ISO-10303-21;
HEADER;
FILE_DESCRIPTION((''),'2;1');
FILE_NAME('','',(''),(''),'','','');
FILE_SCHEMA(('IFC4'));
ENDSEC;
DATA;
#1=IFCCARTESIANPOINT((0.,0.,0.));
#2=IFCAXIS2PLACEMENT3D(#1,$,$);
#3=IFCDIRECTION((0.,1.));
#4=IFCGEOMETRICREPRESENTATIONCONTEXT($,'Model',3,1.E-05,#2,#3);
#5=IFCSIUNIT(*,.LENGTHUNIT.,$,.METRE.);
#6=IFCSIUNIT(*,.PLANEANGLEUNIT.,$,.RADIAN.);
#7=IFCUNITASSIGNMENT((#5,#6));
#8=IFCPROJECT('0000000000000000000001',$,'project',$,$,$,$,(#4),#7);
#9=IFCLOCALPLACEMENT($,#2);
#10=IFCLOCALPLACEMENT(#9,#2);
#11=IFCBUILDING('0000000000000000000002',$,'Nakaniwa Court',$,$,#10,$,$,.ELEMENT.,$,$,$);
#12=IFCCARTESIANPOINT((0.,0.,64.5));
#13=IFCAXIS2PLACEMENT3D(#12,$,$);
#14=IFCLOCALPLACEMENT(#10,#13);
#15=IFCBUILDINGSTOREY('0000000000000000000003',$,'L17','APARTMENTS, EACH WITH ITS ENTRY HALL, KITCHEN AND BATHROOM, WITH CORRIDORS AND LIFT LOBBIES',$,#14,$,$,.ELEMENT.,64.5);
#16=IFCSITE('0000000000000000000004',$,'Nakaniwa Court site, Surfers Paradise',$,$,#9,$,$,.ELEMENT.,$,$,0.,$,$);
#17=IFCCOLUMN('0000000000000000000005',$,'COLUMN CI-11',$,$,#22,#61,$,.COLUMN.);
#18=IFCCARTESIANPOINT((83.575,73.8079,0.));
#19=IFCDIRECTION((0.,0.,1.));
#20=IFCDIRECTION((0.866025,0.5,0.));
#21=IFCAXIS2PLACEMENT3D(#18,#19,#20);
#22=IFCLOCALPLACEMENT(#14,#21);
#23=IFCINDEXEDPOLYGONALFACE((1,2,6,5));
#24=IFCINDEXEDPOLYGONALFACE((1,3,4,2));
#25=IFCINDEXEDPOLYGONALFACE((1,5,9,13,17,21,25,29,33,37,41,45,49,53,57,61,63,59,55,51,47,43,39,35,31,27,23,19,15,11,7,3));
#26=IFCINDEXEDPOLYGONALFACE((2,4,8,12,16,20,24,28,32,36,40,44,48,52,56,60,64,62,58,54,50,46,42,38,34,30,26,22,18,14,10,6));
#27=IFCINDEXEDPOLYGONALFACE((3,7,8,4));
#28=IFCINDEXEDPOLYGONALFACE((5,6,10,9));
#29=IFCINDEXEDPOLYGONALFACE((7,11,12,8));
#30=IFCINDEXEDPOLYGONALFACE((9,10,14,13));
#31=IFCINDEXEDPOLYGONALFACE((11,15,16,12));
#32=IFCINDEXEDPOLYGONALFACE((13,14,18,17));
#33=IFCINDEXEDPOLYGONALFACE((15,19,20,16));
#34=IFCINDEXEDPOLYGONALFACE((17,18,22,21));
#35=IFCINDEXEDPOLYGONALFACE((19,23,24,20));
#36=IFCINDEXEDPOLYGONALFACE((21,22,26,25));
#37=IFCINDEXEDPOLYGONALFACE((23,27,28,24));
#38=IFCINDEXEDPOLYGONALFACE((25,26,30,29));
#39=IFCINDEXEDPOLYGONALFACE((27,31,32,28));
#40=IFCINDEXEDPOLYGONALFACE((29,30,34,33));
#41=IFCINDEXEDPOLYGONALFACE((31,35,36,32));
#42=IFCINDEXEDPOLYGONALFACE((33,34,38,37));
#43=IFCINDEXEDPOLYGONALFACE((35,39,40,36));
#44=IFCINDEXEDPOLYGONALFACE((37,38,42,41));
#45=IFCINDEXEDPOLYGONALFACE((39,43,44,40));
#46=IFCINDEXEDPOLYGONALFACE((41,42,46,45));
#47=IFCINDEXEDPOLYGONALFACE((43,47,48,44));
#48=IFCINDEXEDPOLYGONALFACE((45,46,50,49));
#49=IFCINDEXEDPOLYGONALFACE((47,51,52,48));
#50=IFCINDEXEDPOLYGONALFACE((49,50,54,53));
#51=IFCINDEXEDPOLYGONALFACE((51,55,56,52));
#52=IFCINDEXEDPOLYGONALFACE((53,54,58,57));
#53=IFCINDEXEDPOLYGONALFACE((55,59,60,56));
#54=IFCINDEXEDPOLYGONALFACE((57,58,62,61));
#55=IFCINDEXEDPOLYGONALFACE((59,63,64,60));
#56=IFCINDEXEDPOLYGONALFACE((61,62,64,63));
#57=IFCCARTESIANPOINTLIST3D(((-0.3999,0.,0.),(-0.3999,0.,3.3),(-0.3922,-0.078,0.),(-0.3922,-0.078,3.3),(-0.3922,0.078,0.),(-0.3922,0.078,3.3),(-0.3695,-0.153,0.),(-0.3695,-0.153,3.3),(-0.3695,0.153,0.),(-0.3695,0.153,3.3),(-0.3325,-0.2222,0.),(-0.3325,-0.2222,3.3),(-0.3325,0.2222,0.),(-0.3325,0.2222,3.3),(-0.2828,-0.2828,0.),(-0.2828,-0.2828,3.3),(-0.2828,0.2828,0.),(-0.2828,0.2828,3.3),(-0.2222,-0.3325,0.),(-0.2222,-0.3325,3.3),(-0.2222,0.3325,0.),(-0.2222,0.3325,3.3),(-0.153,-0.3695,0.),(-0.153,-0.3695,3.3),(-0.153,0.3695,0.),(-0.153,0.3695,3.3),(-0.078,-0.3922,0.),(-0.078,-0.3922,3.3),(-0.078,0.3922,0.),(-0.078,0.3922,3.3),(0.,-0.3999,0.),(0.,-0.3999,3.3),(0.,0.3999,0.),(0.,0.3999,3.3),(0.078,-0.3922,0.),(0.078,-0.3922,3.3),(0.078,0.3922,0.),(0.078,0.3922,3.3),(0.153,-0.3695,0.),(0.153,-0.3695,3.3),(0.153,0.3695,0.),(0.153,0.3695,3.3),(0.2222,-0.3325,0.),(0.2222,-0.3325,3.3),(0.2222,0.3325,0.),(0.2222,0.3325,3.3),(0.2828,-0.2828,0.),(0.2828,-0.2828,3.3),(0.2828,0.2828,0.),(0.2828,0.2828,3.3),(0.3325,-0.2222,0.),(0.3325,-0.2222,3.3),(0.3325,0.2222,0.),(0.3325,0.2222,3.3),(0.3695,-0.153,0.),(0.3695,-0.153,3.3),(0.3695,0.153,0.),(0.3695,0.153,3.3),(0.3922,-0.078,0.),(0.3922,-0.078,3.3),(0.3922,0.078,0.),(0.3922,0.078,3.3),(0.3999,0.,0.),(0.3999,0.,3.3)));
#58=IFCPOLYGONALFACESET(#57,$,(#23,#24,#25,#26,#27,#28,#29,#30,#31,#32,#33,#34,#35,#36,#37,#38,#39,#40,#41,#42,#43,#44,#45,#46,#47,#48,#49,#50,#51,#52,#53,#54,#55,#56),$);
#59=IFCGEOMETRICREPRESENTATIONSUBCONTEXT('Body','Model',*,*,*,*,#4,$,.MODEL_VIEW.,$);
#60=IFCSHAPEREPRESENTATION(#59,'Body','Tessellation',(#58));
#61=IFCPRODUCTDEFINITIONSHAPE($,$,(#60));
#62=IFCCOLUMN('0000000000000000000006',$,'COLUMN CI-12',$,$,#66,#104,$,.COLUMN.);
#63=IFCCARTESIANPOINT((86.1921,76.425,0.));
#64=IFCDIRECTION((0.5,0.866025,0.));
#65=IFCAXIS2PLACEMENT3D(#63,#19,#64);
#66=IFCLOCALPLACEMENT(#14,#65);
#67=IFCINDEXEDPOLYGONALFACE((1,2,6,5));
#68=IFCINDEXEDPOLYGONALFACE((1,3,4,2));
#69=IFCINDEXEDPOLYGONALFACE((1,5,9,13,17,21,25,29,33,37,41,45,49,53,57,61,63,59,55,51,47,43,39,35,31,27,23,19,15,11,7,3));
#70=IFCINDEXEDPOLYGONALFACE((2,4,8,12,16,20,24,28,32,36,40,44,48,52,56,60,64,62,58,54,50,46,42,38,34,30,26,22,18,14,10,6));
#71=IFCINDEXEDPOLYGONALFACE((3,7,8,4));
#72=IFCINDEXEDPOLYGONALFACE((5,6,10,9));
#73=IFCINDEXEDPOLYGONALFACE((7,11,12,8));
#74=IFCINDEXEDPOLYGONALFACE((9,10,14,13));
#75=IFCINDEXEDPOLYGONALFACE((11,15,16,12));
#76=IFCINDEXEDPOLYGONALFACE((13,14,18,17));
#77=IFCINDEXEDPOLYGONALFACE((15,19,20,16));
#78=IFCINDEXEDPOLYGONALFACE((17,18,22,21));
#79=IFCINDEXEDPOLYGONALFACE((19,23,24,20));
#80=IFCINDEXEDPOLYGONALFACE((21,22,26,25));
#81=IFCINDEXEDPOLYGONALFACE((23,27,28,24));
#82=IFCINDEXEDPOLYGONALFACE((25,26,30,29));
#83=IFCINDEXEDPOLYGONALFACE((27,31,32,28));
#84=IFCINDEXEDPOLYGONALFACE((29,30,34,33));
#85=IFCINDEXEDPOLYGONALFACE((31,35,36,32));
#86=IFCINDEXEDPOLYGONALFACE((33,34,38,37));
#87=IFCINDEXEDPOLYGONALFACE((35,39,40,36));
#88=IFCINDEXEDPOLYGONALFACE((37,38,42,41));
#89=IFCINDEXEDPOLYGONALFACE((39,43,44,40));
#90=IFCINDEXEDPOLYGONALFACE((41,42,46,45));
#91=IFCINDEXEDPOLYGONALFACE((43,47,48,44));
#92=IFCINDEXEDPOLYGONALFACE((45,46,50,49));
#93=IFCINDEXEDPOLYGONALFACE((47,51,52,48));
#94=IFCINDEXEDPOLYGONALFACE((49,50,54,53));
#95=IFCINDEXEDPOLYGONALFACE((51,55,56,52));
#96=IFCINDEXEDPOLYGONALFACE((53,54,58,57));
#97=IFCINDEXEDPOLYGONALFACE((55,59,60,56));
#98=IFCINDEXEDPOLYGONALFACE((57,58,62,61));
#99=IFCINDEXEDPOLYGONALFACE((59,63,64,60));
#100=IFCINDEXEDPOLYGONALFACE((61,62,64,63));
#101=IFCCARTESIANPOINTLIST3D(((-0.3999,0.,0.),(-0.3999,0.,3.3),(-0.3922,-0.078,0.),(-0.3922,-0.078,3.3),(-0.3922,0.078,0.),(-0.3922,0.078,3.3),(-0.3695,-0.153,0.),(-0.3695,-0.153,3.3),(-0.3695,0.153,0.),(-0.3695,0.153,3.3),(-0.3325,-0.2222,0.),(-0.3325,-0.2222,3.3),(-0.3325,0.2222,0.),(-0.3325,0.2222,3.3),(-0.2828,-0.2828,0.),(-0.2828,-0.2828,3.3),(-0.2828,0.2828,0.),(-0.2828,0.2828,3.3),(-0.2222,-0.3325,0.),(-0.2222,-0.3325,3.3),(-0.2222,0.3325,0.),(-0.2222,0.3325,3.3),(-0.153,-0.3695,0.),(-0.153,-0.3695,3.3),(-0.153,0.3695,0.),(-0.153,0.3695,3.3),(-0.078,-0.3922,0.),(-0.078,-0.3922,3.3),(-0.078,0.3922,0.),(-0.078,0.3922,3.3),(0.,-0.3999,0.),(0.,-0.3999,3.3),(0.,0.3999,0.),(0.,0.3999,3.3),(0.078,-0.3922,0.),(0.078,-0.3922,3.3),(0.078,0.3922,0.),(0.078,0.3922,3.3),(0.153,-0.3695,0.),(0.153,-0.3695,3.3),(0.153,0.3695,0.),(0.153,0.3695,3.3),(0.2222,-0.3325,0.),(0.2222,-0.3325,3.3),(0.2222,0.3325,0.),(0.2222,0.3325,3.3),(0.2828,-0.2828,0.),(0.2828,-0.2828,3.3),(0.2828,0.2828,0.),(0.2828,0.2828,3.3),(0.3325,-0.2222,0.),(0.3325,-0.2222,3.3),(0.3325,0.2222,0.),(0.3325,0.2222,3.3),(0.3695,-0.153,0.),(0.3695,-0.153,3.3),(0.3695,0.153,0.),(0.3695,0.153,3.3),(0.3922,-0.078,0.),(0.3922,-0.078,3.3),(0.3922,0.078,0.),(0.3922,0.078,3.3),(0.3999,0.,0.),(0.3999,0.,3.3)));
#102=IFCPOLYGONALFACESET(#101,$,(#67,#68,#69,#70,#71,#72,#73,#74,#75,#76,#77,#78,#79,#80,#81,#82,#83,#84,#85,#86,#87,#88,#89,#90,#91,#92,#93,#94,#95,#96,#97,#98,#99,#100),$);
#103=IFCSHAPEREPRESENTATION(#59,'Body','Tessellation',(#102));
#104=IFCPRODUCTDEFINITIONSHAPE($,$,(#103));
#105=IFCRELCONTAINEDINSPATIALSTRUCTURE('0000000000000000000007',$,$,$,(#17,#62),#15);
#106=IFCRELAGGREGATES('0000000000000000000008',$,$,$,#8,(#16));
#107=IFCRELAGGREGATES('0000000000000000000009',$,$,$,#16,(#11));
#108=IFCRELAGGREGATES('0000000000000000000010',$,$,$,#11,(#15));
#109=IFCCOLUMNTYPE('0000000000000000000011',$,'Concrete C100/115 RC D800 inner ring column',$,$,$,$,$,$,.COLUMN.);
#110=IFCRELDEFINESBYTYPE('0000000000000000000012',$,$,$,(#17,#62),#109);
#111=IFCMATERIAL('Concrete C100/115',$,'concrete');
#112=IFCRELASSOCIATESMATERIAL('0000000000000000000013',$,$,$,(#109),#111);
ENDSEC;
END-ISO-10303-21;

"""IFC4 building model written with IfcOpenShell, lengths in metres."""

from ifc_helpers import new_model, si_unit, direction, frame, origin, origin_2d, place, context, subcontext, project, spatial, circle, extrude, material, material_profile, profile_set, type_object, element, save


model = new_model("IFC4")

# Units and contexts
model_context = context("Model", 3, precision=1e-05, world=origin(), true_north=direction((0.0, 1.0)))
body_context = subcontext(model_context, "Body", "Model", "MODEL_VIEW")
ifc_project = project(units=[si_unit("LENGTHUNIT", "METRE"), si_unit("PLANEANGLEUNIT", "RADIAN")], contexts=[model_context])

# Site, building, storey
site_placement = place(None, origin())
site = spatial("IfcSite", under=ifc_project, at=site_placement, Name="Nakaniwa Court site, Surfers Paradise", CompositionType="ELEMENT", RefElevation=0.0)
building_placement = place(site_placement, origin())
building = spatial("IfcBuilding", under=site, at=building_placement, Name="Nakaniwa Court", CompositionType="ELEMENT")
storey_placement = place(building_placement, frame((0.0, 0.0, 64.5)))
storey = spatial("IfcBuildingStorey", under=building, at=storey_placement, Name="L17", Description="APARTMENTS, EACH WITH ITS ENTRY HALL, KITCHEN AND BATHROOM, WITH CORRIDORS AND LIFT LOBBIES", CompositionType="ELEMENT", Elevation=64.5)

# Columns
ifc_material_1 = material(Name="Concrete C100/115", Category="concrete")
ifc_material_profile_1 = material_profile(ifc_material_1, circle(Radius=0.3999, at=origin_2d()), Name="Concrete C100/115 RC D800 inner ring column")
ifc_profile_set_1 = profile_set([ifc_material_profile_1], Name="Concrete C100/115")
column_type = type_object("IfcColumnType", Name="Concrete C100/115 RC D800 inner ring column", PredefinedType="COLUMN", material=ifc_profile_set_1)
for number, where, z_axis, x_axis, name in (
    (1, (83.575, 73.8079, 0.0), (0.0, 0.0, 1.0), (0.866025, 0.5, 0.0), "COLUMN CI-11"),
    (2, (86.1921, 76.425, 0.0), (0.0, 0.0, 1.0), (0.5, 0.866025, 0.0), "COLUMN CI-12"),
):
    element("IfcColumn", number, at=place(storey_placement, frame(where, z_axis=z_axis, x_axis=x_axis)), inside=storey, type_object=column_type, Name=name, PredefinedType="COLUMN", context=body_context, shape_type="SweptSolid", body=[
        extrude(circle(Radius=0.3999, at=origin_2d()), origin(), (0.0, 0.0, 1.0), 3.3),
    ])

save(model, "model.ifc")
